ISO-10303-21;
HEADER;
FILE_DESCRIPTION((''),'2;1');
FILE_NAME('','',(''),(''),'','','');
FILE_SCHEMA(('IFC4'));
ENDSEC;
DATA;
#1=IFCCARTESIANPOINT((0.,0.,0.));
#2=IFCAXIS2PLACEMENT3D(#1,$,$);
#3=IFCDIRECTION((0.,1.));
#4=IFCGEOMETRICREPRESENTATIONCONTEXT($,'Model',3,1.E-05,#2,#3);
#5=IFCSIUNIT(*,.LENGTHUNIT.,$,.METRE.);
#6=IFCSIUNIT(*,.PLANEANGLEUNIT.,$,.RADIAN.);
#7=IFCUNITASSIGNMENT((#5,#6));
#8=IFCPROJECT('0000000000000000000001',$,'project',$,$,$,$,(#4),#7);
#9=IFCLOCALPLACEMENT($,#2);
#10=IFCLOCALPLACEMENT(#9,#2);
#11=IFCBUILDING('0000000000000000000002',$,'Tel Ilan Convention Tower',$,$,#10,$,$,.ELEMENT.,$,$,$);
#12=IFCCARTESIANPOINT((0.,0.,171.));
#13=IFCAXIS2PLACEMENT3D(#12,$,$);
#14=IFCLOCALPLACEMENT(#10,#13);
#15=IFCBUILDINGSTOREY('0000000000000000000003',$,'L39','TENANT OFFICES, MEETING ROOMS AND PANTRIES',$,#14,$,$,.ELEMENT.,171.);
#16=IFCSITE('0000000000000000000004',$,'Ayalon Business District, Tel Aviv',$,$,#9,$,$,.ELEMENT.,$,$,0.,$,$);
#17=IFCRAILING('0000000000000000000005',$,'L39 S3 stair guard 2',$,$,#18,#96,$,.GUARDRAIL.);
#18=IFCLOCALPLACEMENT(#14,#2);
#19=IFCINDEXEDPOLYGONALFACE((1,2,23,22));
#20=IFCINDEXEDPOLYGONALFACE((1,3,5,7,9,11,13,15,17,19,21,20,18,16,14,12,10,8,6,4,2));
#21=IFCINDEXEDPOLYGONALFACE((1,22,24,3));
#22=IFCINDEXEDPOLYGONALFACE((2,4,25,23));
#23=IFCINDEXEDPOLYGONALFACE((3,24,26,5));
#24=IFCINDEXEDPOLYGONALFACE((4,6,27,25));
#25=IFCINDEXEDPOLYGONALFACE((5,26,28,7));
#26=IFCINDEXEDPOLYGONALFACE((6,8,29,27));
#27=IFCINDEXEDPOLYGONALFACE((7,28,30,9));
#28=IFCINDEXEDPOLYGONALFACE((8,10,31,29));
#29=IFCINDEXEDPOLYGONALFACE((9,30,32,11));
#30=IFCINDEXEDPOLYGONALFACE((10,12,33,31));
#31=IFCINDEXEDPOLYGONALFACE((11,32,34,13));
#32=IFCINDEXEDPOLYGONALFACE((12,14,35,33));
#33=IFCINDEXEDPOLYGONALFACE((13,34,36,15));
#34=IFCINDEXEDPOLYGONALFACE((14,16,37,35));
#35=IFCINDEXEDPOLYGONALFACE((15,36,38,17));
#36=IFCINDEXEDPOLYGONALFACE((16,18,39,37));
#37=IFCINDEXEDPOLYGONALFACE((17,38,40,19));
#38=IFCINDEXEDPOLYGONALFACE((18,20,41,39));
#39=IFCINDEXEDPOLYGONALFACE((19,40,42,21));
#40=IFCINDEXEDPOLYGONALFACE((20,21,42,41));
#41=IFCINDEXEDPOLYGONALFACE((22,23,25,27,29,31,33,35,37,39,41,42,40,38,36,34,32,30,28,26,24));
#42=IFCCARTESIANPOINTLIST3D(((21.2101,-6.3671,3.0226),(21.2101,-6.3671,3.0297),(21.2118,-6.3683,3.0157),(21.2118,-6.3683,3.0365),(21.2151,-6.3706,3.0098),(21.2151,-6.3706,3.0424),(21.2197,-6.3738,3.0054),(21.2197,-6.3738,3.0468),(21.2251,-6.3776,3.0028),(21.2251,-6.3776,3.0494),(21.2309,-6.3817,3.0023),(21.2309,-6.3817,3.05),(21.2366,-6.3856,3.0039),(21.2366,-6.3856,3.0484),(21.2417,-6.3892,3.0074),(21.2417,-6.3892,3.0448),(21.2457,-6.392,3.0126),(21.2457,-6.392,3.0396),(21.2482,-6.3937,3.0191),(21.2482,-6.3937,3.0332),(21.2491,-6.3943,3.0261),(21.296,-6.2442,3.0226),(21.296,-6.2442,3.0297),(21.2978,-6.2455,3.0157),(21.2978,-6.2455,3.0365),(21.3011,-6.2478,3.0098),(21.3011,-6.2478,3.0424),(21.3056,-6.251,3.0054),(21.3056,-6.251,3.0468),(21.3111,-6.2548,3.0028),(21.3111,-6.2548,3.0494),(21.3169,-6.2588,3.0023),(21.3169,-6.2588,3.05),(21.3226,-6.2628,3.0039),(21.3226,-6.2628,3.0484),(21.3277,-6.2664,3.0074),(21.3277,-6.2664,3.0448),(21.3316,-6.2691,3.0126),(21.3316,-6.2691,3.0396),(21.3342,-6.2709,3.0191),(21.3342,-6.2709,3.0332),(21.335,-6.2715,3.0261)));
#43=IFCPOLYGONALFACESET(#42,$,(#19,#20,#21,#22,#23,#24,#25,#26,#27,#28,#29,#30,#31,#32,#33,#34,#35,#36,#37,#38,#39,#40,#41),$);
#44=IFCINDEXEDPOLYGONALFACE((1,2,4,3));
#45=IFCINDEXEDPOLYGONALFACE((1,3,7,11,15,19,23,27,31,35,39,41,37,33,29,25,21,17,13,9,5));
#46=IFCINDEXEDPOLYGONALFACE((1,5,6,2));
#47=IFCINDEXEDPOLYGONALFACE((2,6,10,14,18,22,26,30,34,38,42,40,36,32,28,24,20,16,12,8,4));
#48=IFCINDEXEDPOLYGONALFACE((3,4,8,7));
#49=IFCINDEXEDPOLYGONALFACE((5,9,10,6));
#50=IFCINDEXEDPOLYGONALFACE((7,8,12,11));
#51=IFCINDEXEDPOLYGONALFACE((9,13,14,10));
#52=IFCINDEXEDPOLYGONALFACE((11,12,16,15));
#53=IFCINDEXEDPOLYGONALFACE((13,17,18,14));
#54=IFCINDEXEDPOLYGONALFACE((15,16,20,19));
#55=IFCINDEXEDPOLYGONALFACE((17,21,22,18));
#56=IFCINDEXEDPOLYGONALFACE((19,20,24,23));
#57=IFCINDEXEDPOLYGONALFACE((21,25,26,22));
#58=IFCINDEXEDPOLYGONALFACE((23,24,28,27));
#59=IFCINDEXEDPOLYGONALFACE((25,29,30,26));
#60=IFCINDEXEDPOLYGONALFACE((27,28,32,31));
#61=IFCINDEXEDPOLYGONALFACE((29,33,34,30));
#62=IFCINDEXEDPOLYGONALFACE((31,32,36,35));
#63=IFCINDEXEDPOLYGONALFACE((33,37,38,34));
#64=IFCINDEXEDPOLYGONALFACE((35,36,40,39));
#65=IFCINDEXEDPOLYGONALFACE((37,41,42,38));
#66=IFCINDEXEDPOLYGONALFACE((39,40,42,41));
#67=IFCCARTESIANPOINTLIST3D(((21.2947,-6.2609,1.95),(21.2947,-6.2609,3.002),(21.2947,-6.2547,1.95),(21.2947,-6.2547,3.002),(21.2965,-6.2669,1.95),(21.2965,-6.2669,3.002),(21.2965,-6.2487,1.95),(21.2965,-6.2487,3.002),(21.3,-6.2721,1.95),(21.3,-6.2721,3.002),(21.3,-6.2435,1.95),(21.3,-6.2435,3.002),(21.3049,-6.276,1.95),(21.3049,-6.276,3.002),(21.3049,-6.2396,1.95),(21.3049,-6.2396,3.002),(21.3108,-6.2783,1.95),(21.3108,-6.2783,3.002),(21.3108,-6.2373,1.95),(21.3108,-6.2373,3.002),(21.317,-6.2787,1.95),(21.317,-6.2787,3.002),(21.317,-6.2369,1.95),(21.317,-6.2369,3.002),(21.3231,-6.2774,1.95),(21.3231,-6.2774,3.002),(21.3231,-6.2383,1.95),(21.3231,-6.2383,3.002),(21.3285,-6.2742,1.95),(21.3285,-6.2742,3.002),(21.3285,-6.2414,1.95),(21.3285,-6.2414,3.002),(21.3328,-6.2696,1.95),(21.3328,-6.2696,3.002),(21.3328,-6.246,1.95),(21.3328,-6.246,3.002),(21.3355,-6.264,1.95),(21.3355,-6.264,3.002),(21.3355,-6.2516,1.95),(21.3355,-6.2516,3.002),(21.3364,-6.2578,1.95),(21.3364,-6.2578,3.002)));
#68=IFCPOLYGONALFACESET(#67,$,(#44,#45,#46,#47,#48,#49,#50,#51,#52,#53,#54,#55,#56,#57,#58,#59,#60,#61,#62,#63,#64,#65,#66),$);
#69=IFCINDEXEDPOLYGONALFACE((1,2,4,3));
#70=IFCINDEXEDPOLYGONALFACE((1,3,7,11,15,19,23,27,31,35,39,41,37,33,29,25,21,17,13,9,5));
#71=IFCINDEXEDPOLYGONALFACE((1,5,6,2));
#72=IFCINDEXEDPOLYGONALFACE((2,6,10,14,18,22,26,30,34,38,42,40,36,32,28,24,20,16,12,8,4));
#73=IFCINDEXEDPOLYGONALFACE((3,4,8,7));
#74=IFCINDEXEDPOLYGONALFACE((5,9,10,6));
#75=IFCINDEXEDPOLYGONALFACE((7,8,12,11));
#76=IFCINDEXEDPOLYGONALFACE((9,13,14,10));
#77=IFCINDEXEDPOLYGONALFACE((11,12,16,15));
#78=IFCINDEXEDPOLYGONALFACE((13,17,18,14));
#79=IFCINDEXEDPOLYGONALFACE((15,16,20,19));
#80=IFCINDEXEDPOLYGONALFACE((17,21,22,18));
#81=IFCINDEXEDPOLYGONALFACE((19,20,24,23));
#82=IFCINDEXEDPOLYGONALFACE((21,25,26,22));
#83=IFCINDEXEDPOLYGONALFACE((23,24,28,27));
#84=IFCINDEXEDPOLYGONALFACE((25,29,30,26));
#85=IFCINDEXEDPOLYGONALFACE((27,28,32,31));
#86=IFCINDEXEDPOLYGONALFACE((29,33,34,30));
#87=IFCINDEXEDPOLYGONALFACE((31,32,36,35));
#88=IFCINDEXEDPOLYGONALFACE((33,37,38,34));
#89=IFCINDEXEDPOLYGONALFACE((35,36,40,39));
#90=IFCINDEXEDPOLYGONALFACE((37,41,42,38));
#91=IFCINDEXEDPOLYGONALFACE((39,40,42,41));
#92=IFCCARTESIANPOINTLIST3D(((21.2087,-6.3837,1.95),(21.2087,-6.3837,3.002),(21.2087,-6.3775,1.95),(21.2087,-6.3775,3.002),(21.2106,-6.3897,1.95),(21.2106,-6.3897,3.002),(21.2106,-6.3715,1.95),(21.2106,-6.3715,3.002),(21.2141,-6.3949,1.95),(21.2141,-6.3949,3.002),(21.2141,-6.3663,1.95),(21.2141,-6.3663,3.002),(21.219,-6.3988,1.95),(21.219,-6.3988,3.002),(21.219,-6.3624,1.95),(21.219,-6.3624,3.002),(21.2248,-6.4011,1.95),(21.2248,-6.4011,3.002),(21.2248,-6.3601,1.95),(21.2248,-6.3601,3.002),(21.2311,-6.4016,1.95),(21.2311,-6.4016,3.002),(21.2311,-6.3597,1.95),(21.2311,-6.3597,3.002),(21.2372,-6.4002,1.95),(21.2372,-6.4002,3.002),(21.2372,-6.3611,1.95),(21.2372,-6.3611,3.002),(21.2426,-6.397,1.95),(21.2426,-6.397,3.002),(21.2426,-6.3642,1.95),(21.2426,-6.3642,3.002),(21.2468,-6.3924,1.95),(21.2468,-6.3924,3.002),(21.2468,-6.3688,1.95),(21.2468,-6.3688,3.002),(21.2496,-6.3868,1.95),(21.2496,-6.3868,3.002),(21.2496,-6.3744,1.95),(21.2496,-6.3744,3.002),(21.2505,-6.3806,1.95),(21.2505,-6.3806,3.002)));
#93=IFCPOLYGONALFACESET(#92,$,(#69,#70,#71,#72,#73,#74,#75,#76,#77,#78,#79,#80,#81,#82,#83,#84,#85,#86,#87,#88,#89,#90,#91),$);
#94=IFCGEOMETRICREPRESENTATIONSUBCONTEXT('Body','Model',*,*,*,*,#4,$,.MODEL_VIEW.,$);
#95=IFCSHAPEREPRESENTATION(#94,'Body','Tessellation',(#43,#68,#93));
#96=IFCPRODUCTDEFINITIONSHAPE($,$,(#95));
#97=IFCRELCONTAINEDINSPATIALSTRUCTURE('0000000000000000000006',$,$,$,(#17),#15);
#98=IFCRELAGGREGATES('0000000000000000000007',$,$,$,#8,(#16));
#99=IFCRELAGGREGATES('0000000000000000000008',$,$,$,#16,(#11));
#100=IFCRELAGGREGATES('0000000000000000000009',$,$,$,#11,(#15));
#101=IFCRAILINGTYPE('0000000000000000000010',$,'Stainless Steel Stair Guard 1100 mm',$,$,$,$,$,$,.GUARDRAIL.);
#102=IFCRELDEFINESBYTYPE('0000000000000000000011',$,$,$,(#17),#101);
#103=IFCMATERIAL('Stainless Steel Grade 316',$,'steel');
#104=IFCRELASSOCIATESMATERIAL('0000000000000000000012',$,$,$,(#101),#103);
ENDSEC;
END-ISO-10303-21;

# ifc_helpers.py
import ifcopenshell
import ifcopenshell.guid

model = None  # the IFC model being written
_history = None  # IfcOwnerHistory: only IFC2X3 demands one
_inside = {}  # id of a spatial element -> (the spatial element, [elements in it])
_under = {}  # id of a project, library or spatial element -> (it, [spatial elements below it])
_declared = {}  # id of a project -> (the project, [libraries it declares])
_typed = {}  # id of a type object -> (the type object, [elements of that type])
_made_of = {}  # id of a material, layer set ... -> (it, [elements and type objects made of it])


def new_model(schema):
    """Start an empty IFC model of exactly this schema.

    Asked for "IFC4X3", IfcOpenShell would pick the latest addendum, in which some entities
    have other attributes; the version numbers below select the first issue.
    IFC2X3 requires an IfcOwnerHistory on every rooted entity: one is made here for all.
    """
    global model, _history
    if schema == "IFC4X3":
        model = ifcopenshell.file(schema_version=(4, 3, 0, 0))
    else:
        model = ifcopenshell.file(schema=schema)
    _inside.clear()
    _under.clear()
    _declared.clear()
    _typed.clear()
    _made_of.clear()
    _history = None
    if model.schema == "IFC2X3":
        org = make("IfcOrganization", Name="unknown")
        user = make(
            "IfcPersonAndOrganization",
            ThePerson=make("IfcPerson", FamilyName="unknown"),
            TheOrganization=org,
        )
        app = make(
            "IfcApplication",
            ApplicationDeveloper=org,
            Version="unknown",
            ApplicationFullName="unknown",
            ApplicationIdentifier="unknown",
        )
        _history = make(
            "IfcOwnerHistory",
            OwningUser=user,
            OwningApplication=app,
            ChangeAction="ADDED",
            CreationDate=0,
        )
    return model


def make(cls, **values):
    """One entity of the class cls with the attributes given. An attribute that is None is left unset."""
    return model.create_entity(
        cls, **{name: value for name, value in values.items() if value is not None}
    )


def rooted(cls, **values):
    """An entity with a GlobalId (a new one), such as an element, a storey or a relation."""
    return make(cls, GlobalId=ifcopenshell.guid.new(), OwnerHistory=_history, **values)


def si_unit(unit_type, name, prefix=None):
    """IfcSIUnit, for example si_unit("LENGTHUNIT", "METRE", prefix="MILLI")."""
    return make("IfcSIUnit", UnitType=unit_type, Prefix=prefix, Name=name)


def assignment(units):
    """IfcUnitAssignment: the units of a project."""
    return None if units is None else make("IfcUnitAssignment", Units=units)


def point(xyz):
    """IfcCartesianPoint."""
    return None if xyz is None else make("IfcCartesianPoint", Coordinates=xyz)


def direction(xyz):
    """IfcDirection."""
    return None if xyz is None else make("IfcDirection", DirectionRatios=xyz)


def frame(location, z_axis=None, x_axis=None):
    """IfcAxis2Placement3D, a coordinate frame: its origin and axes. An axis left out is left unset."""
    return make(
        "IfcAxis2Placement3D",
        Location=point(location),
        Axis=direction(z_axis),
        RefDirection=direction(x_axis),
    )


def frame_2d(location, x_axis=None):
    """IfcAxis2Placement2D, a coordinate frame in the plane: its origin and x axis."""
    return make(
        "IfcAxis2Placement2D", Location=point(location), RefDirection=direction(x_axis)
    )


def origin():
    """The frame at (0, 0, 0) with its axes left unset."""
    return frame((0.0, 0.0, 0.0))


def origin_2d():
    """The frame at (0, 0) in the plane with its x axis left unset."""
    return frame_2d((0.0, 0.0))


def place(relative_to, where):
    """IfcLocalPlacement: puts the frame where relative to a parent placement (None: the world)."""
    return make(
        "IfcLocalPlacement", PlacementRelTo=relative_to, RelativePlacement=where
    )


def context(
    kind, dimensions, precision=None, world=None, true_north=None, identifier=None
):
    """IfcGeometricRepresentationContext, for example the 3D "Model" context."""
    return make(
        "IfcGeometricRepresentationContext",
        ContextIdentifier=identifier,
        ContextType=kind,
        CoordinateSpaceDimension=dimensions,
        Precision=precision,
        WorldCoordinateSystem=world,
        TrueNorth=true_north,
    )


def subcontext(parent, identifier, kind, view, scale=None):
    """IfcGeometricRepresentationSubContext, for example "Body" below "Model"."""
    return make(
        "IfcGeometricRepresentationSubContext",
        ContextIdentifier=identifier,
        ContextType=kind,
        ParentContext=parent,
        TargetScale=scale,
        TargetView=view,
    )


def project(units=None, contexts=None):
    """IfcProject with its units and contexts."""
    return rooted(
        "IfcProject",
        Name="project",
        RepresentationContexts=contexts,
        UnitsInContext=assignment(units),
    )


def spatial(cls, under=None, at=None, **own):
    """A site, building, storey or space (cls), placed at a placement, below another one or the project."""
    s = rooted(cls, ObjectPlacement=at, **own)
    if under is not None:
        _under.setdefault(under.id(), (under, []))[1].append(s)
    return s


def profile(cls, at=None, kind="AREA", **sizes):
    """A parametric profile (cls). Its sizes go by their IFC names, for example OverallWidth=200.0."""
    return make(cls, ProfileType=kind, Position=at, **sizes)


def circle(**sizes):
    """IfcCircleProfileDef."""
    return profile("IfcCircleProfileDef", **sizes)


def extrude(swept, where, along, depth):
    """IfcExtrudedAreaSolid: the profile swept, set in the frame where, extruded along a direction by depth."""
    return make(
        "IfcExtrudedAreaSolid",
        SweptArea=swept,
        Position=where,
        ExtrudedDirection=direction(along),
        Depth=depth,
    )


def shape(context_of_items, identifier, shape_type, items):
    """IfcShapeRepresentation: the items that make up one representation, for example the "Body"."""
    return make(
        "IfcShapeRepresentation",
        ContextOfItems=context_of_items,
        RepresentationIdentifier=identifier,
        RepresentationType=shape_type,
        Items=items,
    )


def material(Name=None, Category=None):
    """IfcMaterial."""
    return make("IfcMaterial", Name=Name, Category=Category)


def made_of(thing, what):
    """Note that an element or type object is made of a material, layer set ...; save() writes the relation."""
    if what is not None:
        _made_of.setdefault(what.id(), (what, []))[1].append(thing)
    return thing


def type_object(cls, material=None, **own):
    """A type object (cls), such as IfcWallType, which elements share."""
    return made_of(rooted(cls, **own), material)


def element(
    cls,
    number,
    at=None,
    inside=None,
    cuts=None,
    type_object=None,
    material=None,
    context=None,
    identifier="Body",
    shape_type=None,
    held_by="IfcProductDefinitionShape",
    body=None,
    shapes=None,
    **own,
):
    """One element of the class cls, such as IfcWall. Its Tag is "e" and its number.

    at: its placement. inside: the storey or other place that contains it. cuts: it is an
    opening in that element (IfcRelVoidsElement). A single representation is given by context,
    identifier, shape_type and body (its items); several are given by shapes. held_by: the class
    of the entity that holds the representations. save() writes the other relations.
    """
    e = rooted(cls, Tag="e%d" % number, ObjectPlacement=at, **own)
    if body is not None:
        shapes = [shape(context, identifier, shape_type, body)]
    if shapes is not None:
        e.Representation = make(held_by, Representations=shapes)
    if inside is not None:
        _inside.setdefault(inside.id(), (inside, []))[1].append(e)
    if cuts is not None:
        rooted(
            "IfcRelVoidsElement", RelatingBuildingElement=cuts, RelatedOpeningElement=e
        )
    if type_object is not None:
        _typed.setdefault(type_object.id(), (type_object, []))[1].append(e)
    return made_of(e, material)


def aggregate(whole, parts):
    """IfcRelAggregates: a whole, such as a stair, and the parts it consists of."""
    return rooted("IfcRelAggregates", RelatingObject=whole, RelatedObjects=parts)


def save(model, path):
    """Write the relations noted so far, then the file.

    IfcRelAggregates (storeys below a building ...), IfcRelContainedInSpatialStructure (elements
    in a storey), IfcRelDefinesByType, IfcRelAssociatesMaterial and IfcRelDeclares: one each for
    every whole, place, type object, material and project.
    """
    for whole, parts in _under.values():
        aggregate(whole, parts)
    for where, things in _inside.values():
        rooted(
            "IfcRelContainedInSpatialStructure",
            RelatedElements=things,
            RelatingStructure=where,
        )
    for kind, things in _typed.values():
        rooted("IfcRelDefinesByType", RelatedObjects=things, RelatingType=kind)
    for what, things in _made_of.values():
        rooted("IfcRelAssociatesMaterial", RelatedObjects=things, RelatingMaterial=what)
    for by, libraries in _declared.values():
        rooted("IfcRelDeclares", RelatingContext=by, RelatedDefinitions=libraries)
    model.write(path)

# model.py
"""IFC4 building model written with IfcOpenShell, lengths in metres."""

from ifc_helpers import new_model, si_unit, direction, frame, origin, origin_2d, place, context, subcontext, project, spatial, circle, extrude, material, type_object, element, save


model = new_model("IFC4")

# Units and contexts
model_context = context("Model", 3, precision=1e-05, world=origin(), true_north=direction((0.0, 1.0)))
body_context = subcontext(model_context, "Body", "Model", "MODEL_VIEW")
ifc_project = project(units=[si_unit("LENGTHUNIT", "METRE"), si_unit("PLANEANGLEUNIT", "RADIAN")], contexts=[model_context])

# Site, building, storey
site_placement = place(None, origin())
site = spatial("IfcSite", under=ifc_project, at=site_placement, Name="Ayalon Business District, Tel Aviv", CompositionType="ELEMENT", RefElevation=0.0)
building_placement = place(site_placement, origin())
building = spatial("IfcBuilding", under=site, at=building_placement, Name="Tel Ilan Convention Tower", CompositionType="ELEMENT")
storey_placement = place(building_placement, frame((0.0, 0.0, 171.0)))
storey = spatial("IfcBuildingStorey", under=building, at=storey_placement, Name="L39", Description="TENANT OFFICES, MEETING ROOMS AND PANTRIES", CompositionType="ELEMENT", Elevation=171.0)

# Railing
ifc_material_1 = material(Name="Stainless Steel Grade 316", Category="steel")
railing_type_1 = type_object("IfcRailingType", Name="Stainless Steel Stair Guard 1100 mm", PredefinedType="GUARDRAIL", material=ifc_material_1)
railing_1_placement = place(storey_placement, frame((21.3154, -6.2578, 1.95)))
element("IfcRailing", 1, at=railing_1_placement, inside=storey, type_object=railing_type_1, Name="L39 S3 stair guard 2", PredefinedType="GUARDRAIL", context=body_context, shape_type="SweptSolid", body=[
    extrude(circle(Radius=0.0239, at=origin_2d()), frame((0.0, 0.0, 1.0762), z_axis=(-0.573353, -0.819308, 0.0), x_axis=(0.819308, -0.573353, 0.0)), (0.0, 0.0, 1.0), 0.1499),
    extrude(circle(Radius=0.021, at=origin_2d()), origin(), (0.0, 0.0, 1.0), 1.052),
    extrude(circle(Radius=0.021, at=origin_2d()), frame((-0.0859, -0.1228, 0.0)), (0.0, 0.0, 1.0), 1.052),
])

save(model, "model.ifc")
